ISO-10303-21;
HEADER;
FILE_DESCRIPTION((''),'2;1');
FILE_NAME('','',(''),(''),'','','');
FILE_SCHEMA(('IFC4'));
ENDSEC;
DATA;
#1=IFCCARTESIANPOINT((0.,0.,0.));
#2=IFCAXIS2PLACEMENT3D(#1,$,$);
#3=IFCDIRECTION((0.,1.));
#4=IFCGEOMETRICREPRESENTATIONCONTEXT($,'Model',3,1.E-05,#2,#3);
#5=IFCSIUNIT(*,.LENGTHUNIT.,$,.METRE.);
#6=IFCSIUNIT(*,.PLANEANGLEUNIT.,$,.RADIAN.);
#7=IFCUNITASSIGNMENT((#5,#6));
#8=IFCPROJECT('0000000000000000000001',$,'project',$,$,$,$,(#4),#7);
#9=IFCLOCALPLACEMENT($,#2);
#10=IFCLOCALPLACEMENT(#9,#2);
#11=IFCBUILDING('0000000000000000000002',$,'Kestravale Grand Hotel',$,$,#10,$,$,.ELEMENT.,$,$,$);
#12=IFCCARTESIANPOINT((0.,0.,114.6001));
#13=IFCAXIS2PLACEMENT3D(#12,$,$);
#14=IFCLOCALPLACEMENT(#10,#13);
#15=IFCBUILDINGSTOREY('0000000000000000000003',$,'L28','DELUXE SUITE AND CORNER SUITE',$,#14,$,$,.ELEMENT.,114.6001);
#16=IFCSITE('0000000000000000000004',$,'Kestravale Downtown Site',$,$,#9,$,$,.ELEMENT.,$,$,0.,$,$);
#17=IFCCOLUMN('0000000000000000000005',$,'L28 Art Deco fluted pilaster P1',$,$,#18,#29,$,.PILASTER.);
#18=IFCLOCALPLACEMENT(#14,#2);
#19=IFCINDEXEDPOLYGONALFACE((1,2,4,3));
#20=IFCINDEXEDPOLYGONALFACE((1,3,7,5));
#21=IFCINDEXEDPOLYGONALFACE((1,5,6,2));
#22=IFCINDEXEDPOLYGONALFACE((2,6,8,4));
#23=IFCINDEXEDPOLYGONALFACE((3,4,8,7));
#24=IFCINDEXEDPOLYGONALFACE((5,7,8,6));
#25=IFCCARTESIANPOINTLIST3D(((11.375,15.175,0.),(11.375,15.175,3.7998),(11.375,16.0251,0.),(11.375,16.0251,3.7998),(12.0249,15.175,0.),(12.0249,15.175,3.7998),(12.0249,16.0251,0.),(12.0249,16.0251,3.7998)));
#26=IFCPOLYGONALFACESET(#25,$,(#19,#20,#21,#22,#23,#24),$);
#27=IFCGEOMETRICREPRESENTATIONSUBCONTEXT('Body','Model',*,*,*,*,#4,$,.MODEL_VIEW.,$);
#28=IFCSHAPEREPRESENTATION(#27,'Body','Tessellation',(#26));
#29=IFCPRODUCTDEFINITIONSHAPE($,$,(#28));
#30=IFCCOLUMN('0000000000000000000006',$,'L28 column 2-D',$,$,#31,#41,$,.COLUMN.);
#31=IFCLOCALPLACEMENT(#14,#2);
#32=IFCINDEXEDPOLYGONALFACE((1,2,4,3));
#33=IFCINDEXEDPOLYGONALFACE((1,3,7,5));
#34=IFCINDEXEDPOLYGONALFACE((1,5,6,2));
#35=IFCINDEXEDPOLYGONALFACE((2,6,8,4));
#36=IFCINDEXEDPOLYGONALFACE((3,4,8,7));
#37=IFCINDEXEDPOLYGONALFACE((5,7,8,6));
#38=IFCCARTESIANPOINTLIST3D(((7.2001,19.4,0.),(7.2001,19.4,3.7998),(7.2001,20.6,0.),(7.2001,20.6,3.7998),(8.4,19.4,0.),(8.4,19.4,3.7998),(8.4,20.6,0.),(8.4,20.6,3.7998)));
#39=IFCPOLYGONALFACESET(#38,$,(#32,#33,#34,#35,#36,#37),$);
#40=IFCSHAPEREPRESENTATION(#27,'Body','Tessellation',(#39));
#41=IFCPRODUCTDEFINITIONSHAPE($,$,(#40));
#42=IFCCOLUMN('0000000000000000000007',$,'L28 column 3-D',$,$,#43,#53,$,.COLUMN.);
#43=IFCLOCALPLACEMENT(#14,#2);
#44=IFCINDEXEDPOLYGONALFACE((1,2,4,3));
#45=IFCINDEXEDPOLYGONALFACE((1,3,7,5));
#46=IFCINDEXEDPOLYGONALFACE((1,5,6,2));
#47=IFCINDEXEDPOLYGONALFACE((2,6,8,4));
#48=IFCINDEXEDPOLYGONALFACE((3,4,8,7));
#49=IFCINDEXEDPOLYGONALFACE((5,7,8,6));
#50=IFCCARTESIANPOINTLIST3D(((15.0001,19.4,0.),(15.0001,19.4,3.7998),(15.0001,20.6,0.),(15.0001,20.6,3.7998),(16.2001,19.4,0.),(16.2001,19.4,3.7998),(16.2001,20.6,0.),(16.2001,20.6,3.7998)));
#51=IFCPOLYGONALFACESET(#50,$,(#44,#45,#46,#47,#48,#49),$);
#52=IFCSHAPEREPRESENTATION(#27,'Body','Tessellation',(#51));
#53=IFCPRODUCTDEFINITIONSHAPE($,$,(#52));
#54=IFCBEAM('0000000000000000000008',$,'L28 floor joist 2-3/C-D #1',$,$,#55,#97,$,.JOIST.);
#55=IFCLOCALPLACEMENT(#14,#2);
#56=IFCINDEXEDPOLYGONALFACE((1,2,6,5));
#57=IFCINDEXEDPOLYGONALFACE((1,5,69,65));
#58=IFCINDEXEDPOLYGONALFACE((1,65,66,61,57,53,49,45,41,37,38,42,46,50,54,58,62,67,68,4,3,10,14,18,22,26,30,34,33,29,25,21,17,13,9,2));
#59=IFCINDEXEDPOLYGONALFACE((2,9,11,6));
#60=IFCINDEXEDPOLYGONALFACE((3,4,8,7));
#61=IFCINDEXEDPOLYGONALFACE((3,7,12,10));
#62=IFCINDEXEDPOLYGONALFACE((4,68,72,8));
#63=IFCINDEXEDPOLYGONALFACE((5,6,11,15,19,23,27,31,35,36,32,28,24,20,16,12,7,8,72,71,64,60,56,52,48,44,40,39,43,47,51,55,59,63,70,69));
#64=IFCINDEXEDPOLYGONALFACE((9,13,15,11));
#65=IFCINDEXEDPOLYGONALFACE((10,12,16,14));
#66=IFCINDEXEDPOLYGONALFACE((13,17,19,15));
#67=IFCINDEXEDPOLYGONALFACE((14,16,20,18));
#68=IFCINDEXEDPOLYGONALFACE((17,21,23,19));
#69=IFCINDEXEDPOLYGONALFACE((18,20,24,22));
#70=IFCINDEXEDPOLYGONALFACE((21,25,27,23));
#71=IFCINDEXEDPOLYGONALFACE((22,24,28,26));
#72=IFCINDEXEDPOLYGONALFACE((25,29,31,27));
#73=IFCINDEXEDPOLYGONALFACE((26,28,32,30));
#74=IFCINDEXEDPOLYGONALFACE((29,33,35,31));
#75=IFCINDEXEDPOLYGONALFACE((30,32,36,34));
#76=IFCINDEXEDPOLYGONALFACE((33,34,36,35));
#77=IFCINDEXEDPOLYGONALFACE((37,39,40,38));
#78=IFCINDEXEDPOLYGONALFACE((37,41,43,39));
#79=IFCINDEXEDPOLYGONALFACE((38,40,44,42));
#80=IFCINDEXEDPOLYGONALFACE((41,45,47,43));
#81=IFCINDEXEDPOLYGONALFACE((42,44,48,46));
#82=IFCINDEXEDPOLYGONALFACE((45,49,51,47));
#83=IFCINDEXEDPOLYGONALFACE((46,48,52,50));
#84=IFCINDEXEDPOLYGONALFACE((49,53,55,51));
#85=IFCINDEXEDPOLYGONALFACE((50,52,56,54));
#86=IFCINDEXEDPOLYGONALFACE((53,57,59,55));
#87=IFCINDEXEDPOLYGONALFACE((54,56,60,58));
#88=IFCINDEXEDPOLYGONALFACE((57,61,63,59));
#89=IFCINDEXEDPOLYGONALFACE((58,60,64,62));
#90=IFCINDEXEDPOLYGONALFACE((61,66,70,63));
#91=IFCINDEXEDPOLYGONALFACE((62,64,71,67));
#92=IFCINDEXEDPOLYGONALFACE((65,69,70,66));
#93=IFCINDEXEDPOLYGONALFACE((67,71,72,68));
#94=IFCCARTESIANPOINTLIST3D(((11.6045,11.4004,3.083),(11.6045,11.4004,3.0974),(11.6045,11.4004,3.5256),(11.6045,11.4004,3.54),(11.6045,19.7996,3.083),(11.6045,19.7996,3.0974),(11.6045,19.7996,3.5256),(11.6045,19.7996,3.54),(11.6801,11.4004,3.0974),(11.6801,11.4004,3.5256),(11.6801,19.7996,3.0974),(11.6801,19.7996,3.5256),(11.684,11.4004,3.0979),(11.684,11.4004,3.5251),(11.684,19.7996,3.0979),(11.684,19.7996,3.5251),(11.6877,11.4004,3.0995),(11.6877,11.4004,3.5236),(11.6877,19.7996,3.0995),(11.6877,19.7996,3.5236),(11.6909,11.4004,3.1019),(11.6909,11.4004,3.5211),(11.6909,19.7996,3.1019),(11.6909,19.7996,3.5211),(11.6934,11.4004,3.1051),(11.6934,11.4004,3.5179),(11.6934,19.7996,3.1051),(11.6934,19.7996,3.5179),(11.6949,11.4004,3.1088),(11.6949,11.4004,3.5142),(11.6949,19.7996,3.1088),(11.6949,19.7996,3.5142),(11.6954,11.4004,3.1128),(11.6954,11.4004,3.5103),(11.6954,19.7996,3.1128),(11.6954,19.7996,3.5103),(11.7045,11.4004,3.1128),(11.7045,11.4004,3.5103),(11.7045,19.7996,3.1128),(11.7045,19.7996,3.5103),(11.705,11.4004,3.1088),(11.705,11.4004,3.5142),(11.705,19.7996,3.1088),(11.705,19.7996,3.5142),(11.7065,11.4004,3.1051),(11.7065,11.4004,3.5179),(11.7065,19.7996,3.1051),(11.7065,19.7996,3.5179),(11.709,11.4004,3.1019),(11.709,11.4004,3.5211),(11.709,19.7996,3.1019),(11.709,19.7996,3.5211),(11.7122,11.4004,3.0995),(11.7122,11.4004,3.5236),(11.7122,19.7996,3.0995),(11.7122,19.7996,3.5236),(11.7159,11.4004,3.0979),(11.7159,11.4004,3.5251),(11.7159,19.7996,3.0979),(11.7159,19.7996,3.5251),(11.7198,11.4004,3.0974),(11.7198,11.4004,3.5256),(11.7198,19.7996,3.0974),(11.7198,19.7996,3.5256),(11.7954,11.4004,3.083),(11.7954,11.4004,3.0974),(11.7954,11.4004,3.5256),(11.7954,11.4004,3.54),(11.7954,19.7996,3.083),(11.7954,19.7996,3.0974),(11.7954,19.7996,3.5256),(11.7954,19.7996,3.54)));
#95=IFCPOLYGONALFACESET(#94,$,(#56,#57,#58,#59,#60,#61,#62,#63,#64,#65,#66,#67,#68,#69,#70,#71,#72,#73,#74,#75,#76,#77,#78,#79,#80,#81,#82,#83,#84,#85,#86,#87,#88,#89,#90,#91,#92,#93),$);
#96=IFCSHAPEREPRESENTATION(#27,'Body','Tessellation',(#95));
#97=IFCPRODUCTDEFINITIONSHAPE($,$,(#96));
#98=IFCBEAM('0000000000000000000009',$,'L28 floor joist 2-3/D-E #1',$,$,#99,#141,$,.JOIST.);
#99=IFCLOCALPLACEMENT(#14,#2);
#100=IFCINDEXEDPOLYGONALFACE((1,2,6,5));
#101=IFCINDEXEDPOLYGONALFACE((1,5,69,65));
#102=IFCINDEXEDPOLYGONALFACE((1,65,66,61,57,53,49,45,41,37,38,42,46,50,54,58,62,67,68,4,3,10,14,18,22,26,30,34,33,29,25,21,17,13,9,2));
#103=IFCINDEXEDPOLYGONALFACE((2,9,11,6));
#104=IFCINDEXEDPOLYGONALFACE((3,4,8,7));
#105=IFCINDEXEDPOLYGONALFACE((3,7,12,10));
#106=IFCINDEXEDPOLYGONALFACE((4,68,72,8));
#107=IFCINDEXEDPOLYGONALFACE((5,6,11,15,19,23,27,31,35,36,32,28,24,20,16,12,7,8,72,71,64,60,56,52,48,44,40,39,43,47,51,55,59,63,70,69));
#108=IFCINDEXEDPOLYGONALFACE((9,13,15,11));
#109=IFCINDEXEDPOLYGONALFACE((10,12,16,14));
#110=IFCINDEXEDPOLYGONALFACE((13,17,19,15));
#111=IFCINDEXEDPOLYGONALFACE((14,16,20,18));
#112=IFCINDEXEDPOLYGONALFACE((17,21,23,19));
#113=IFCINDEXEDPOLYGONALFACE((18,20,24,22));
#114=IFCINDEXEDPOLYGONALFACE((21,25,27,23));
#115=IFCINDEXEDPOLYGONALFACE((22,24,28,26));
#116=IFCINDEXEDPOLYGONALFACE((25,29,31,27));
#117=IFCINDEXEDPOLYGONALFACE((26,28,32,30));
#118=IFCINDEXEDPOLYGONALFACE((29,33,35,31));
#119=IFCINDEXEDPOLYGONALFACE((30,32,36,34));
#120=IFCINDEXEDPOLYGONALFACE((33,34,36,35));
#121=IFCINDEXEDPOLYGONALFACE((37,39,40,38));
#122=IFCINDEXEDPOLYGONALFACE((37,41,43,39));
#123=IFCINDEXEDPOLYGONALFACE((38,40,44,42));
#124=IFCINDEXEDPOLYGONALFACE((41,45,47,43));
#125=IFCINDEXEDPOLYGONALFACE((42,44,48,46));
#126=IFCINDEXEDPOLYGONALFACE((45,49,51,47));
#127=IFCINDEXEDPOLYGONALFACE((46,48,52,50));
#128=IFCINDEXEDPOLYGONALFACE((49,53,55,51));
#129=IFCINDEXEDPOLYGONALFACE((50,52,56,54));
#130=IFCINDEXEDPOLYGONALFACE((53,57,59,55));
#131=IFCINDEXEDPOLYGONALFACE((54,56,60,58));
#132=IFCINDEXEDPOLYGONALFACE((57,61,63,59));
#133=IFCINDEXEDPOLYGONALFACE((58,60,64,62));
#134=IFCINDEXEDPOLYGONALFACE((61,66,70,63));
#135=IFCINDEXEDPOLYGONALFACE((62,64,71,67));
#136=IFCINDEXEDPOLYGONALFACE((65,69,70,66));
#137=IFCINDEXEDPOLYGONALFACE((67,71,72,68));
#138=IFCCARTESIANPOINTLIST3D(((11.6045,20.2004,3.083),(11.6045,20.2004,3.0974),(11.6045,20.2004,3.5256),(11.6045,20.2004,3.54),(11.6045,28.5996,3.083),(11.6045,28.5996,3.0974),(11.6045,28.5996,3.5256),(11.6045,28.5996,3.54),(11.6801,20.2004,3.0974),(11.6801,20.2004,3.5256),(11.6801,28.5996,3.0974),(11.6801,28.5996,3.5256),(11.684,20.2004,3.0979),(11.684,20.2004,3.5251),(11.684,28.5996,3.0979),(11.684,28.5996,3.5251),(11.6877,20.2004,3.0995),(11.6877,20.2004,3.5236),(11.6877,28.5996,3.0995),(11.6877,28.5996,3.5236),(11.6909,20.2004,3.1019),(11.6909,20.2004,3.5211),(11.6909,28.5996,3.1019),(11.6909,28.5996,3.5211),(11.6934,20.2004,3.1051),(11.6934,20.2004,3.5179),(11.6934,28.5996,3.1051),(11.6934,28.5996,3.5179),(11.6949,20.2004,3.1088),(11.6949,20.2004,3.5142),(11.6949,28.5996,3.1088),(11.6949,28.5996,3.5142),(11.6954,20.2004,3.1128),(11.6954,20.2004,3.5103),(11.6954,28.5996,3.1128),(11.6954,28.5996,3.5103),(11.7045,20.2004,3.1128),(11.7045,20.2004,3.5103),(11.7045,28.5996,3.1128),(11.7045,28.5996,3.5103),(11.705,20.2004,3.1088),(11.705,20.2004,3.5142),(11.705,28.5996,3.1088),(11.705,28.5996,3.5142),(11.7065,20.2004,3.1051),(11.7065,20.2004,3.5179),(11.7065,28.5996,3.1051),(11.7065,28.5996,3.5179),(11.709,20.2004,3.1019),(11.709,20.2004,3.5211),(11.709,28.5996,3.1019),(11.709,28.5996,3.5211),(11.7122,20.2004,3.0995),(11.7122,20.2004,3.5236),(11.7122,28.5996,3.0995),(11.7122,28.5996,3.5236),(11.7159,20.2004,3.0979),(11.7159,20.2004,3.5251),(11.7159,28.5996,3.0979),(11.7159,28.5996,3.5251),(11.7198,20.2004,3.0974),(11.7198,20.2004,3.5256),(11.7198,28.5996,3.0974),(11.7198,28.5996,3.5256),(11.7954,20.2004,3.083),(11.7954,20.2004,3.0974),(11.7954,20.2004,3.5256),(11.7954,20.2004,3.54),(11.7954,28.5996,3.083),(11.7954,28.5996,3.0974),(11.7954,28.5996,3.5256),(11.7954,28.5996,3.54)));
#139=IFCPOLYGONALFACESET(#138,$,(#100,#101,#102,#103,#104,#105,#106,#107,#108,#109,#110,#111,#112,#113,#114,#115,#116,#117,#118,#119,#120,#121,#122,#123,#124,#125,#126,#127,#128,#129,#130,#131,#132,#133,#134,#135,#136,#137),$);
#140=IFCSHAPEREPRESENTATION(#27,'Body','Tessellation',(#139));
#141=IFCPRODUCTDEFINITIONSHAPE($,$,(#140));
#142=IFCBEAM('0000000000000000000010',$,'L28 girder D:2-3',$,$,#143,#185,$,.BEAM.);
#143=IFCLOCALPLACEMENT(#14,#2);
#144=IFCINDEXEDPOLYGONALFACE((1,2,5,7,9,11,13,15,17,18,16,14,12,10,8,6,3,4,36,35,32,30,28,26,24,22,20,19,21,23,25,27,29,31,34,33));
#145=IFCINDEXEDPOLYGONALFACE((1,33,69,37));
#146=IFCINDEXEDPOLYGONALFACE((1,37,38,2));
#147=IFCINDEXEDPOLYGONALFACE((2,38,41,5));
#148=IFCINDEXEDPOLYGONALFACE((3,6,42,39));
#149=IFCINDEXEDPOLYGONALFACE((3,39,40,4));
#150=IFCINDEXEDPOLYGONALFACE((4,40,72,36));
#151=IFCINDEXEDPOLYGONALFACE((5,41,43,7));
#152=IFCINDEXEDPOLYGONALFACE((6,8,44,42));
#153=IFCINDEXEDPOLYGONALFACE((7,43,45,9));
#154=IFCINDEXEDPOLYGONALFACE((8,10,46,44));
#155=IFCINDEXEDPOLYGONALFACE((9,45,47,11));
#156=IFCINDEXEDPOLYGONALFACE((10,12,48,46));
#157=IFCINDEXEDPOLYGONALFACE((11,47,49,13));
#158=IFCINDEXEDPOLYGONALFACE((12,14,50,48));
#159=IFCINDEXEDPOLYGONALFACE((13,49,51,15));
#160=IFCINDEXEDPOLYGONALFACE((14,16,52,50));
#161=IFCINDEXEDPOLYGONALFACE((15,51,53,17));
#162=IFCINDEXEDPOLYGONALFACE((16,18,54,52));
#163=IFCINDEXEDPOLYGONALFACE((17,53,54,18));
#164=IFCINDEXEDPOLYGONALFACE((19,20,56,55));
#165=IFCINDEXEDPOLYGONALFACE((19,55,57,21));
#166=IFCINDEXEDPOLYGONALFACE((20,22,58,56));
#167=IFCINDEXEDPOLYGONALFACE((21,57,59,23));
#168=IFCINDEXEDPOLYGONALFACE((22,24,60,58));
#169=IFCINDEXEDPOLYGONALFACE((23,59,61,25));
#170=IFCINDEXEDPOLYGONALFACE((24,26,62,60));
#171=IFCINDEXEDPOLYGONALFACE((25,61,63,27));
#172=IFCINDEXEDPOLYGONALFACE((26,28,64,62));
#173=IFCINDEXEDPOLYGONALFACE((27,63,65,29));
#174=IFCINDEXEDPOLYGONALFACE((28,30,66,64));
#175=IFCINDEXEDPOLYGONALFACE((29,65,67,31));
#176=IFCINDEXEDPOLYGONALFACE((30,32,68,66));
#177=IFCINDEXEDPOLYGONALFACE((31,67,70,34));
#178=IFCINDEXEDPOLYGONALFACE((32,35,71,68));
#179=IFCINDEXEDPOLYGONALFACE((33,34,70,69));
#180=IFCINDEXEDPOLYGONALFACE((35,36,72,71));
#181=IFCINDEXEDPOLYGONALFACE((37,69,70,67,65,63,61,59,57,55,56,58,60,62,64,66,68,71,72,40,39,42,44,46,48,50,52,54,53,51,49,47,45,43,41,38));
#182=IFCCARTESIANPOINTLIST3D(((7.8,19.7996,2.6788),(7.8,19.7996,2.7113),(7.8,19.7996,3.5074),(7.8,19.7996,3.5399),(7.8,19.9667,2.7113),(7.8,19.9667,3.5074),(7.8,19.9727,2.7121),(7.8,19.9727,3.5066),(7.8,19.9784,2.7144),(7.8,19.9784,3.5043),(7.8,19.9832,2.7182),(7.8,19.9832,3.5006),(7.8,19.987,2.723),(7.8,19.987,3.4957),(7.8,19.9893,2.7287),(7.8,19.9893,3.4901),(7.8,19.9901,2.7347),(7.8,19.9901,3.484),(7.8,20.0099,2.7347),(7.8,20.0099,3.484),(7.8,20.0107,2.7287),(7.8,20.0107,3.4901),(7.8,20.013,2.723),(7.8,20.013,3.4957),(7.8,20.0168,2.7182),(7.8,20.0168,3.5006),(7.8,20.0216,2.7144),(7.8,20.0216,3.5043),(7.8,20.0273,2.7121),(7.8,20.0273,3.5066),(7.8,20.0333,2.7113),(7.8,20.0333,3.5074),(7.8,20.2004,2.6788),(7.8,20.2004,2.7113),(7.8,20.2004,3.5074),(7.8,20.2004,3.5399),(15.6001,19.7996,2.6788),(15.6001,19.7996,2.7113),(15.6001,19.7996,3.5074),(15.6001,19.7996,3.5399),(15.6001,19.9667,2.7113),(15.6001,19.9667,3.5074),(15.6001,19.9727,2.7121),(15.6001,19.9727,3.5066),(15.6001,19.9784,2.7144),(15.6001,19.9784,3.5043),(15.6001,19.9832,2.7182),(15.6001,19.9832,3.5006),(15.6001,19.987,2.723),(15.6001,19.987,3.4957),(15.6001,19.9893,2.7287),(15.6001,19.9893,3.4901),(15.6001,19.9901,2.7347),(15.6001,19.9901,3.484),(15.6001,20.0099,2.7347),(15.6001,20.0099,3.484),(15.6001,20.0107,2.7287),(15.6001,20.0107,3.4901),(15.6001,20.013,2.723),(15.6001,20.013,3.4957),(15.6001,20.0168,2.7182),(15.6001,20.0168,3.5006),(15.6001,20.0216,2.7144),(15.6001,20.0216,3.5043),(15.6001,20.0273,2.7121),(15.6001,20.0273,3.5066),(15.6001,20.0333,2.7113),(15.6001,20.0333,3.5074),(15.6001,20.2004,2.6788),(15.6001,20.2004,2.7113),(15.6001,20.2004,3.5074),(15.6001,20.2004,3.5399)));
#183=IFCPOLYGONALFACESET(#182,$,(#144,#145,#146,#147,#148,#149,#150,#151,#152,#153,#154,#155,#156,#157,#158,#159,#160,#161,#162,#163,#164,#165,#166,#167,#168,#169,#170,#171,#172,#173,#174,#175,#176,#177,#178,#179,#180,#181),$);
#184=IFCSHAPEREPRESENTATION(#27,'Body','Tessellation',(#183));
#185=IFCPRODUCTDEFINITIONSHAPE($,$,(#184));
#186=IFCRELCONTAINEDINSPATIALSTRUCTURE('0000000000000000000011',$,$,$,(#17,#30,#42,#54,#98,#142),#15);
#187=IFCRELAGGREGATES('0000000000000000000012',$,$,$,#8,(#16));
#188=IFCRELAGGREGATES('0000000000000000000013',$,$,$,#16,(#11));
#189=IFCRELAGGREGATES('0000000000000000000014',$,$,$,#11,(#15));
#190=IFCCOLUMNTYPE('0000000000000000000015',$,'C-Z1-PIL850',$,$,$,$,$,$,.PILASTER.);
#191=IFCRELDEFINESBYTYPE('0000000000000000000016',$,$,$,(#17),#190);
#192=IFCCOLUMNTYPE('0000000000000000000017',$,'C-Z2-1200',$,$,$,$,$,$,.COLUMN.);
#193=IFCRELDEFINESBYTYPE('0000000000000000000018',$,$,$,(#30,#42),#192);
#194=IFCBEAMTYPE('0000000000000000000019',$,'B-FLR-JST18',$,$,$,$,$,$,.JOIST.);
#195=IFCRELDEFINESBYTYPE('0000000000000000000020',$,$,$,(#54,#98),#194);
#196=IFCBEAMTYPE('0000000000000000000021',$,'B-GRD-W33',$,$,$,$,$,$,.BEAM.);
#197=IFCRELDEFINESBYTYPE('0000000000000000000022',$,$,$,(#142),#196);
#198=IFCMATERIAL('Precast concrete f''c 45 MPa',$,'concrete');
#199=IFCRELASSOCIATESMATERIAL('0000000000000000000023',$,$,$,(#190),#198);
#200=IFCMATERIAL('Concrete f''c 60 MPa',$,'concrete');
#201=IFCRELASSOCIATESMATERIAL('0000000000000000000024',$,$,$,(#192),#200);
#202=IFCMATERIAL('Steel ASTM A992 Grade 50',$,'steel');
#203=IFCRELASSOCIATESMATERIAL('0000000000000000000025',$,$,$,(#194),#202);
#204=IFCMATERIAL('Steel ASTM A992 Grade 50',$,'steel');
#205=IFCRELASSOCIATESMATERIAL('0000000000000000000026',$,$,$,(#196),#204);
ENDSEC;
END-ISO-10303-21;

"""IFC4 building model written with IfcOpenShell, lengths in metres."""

from ifc_helpers import new_model, si_unit, direction, frame, origin, origin_2d, place, context, subcontext, project, spatial, rectangle, i_section, extrude, material, material_profile, profile_set, type_object, element, save


model = new_model("IFC4")

# Units and contexts
model_context = context("Model", 3, precision=1e-05, world=origin(), true_north=direction((0.0, 1.0)))
body_context = subcontext(model_context, "Body", "Model", "MODEL_VIEW")
ifc_project = project(units=[si_unit("LENGTHUNIT", "METRE"), si_unit("PLANEANGLEUNIT", "RADIAN")], contexts=[model_context])

# Site, building, storey
site_placement = place(None, origin())
site = spatial("IfcSite", under=ifc_project, at=site_placement, Name="Kestravale Downtown Site", CompositionType="ELEMENT", RefElevation=0.0)
building_placement = place(site_placement, origin())
building = spatial("IfcBuilding", under=site, at=building_placement, Name="Kestravale Grand Hotel", CompositionType="ELEMENT")
storey_placement = place(building_placement, frame((0.0, 0.0, 114.6001)))
storey = spatial("IfcBuildingStorey", under=building, at=storey_placement, Name="L28", Description="DELUXE SUITE AND CORNER SUITE", CompositionType="ELEMENT", Elevation=114.6001)

# Columns
ifc_material_1 = material(Name="Precast concrete f'c 45 MPa", Category="concrete")
ifc_material_profile_1 = material_profile(ifc_material_1, rectangle(XDim=0.6499, YDim=0.8501, at=origin_2d()))
ifc_profile_set_1 = profile_set([ifc_material_profile_1], Name="Precast concrete f'c 45 MPa")
column_type_1 = type_object("IfcColumnType", Name="C-Z1-PIL850", PredefinedType="PILASTER", material=ifc_profile_set_1)
column_placement = place(storey_placement, frame((11.7, 15.6001, 0.0), z_axis=(0.0, 0.0, 1.0), x_axis=(1.0, 0.0, 0.0)))
element("IfcColumn", 1, at=column_placement, inside=storey, type_object=column_type_1, Name="L28 Art Deco fluted pilaster P1", PredefinedType="PILASTER", context=body_context, shape_type="SweptSolid", body=[
    extrude(rectangle(XDim=0.6499, YDim=0.8501, at=origin_2d()), origin(), (0.0, 0.0, 1.0), 3.7998),
])
ifc_material_2 = material(Name="Concrete f'c 60 MPa", Category="concrete")
ifc_material_profile_2 = material_profile(ifc_material_2, rectangle(XDim=1.2, YDim=1.2, at=origin_2d()))
ifc_profile_set_2 = profile_set([ifc_material_profile_2], Name="Concrete f'c 60 MPa")
column_type_2 = type_object("IfcColumnType", Name="C-Z2-1200", PredefinedType="COLUMN", material=ifc_profile_set_2)
for number, where, z_axis, x_axis, name in (
    (2, (7.8, 20.0, 0.0), (0.0, 0.0, 1.0), (1.0, 0.0, 0.0), "L28 column 2-D"),
    (3, (15.6001, 20.0, 0.0), (0.0, 0.0, 1.0), (1.0, 0.0, 0.0), "L28 column 3-D"),
):
    element("IfcColumn", number, at=place(storey_placement, frame(where, z_axis=z_axis, x_axis=x_axis)), inside=storey, type_object=column_type_2, Name=name, PredefinedType="COLUMN", context=body_context, shape_type="SweptSolid", body=[
        extrude(rectangle(XDim=1.2, YDim=1.2, at=origin_2d()), origin(), (0.0, 0.0, 1.0), 3.7998),
    ])

# Beams
ifc_material_3 = material(Name="Steel ASTM A992 Grade 50", Category="steel")
ifc_material_profile_3 = material_profile(ifc_material_3, i_section(OverallWidth=0.1909, OverallDepth=0.457, WebThickness=0.009, FlangeThickness=0.0144, FilletRadius=0.0154, at=origin_2d()))
ifc_profile_set_3 = profile_set([ifc_material_profile_3], Name="Steel ASTM A992 Grade 50")
beam_type_1 = type_object("IfcBeamType", Name="B-FLR-JST18", PredefinedType="JOIST", material=ifc_profile_set_3)
for number, where, z_axis, x_axis, name in (
    (4, (11.7, 11.4004, 3.3115), (0.0, 1.0, 0.0), (-1.0, 0.0, 0.0), "L28 floor joist 2-3/C-D #1"),
    (5, (11.7, 20.2004, 3.3115), (0.0, 1.0, 0.0), (-1.0, 0.0, 0.0), "L28 floor joist 2-3/D-E #1"),
):
    element("IfcBeam", number, at=place(storey_placement, frame(where, z_axis=z_axis, x_axis=x_axis)), inside=storey, type_object=beam_type_1, Name=name, PredefinedType="JOIST", context=body_context, shape_type="SweptSolid", body=[
        extrude(i_section(OverallWidth=0.1909, OverallDepth=0.457, WebThickness=0.009, FlangeThickness=0.0144, FilletRadius=0.0154, at=origin_2d()), origin(), (0.0, 0.0, 1.0), 8.3992),
    ])
ifc_material_4 = material(Name="Steel ASTM A992 Grade 50", Category="steel")
ifc_material_profile_4 = material_profile(ifc_material_4, i_section(OverallWidth=0.4009, OverallDepth=0.8611, WebThickness=0.0198, FlangeThickness=0.0325, FilletRadius=0.0234, at=origin_2d()))
ifc_profile_set_4 = profile_set([ifc_material_profile_4], Name="Steel ASTM A992 Grade 50")
beam_type_2 = type_object("IfcBeamType", Name="B-GRD-W33", PredefinedType="BEAM", material=ifc_profile_set_4)
beam_1_placement = place(storey_placement, frame((7.8, 20.0, 3.1094), z_axis=(1.0, 0.0, 0.0), x_axis=(0.0, 1.0, 0.0)))
element("IfcBeam", 6, at=beam_1_placement, inside=storey, type_object=beam_type_2, Name="L28 girder D:2-3", PredefinedType="BEAM", context=body_context, shape_type="SweptSolid", body=[
    extrude(i_section(OverallWidth=0.4009, OverallDepth=0.8611, WebThickness=0.0198, FlangeThickness=0.0325, FilletRadius=0.0234, at=origin_2d()), origin(), (0.0, 0.0, 1.0), 7.8),
])

save(model, "model.ifc")
